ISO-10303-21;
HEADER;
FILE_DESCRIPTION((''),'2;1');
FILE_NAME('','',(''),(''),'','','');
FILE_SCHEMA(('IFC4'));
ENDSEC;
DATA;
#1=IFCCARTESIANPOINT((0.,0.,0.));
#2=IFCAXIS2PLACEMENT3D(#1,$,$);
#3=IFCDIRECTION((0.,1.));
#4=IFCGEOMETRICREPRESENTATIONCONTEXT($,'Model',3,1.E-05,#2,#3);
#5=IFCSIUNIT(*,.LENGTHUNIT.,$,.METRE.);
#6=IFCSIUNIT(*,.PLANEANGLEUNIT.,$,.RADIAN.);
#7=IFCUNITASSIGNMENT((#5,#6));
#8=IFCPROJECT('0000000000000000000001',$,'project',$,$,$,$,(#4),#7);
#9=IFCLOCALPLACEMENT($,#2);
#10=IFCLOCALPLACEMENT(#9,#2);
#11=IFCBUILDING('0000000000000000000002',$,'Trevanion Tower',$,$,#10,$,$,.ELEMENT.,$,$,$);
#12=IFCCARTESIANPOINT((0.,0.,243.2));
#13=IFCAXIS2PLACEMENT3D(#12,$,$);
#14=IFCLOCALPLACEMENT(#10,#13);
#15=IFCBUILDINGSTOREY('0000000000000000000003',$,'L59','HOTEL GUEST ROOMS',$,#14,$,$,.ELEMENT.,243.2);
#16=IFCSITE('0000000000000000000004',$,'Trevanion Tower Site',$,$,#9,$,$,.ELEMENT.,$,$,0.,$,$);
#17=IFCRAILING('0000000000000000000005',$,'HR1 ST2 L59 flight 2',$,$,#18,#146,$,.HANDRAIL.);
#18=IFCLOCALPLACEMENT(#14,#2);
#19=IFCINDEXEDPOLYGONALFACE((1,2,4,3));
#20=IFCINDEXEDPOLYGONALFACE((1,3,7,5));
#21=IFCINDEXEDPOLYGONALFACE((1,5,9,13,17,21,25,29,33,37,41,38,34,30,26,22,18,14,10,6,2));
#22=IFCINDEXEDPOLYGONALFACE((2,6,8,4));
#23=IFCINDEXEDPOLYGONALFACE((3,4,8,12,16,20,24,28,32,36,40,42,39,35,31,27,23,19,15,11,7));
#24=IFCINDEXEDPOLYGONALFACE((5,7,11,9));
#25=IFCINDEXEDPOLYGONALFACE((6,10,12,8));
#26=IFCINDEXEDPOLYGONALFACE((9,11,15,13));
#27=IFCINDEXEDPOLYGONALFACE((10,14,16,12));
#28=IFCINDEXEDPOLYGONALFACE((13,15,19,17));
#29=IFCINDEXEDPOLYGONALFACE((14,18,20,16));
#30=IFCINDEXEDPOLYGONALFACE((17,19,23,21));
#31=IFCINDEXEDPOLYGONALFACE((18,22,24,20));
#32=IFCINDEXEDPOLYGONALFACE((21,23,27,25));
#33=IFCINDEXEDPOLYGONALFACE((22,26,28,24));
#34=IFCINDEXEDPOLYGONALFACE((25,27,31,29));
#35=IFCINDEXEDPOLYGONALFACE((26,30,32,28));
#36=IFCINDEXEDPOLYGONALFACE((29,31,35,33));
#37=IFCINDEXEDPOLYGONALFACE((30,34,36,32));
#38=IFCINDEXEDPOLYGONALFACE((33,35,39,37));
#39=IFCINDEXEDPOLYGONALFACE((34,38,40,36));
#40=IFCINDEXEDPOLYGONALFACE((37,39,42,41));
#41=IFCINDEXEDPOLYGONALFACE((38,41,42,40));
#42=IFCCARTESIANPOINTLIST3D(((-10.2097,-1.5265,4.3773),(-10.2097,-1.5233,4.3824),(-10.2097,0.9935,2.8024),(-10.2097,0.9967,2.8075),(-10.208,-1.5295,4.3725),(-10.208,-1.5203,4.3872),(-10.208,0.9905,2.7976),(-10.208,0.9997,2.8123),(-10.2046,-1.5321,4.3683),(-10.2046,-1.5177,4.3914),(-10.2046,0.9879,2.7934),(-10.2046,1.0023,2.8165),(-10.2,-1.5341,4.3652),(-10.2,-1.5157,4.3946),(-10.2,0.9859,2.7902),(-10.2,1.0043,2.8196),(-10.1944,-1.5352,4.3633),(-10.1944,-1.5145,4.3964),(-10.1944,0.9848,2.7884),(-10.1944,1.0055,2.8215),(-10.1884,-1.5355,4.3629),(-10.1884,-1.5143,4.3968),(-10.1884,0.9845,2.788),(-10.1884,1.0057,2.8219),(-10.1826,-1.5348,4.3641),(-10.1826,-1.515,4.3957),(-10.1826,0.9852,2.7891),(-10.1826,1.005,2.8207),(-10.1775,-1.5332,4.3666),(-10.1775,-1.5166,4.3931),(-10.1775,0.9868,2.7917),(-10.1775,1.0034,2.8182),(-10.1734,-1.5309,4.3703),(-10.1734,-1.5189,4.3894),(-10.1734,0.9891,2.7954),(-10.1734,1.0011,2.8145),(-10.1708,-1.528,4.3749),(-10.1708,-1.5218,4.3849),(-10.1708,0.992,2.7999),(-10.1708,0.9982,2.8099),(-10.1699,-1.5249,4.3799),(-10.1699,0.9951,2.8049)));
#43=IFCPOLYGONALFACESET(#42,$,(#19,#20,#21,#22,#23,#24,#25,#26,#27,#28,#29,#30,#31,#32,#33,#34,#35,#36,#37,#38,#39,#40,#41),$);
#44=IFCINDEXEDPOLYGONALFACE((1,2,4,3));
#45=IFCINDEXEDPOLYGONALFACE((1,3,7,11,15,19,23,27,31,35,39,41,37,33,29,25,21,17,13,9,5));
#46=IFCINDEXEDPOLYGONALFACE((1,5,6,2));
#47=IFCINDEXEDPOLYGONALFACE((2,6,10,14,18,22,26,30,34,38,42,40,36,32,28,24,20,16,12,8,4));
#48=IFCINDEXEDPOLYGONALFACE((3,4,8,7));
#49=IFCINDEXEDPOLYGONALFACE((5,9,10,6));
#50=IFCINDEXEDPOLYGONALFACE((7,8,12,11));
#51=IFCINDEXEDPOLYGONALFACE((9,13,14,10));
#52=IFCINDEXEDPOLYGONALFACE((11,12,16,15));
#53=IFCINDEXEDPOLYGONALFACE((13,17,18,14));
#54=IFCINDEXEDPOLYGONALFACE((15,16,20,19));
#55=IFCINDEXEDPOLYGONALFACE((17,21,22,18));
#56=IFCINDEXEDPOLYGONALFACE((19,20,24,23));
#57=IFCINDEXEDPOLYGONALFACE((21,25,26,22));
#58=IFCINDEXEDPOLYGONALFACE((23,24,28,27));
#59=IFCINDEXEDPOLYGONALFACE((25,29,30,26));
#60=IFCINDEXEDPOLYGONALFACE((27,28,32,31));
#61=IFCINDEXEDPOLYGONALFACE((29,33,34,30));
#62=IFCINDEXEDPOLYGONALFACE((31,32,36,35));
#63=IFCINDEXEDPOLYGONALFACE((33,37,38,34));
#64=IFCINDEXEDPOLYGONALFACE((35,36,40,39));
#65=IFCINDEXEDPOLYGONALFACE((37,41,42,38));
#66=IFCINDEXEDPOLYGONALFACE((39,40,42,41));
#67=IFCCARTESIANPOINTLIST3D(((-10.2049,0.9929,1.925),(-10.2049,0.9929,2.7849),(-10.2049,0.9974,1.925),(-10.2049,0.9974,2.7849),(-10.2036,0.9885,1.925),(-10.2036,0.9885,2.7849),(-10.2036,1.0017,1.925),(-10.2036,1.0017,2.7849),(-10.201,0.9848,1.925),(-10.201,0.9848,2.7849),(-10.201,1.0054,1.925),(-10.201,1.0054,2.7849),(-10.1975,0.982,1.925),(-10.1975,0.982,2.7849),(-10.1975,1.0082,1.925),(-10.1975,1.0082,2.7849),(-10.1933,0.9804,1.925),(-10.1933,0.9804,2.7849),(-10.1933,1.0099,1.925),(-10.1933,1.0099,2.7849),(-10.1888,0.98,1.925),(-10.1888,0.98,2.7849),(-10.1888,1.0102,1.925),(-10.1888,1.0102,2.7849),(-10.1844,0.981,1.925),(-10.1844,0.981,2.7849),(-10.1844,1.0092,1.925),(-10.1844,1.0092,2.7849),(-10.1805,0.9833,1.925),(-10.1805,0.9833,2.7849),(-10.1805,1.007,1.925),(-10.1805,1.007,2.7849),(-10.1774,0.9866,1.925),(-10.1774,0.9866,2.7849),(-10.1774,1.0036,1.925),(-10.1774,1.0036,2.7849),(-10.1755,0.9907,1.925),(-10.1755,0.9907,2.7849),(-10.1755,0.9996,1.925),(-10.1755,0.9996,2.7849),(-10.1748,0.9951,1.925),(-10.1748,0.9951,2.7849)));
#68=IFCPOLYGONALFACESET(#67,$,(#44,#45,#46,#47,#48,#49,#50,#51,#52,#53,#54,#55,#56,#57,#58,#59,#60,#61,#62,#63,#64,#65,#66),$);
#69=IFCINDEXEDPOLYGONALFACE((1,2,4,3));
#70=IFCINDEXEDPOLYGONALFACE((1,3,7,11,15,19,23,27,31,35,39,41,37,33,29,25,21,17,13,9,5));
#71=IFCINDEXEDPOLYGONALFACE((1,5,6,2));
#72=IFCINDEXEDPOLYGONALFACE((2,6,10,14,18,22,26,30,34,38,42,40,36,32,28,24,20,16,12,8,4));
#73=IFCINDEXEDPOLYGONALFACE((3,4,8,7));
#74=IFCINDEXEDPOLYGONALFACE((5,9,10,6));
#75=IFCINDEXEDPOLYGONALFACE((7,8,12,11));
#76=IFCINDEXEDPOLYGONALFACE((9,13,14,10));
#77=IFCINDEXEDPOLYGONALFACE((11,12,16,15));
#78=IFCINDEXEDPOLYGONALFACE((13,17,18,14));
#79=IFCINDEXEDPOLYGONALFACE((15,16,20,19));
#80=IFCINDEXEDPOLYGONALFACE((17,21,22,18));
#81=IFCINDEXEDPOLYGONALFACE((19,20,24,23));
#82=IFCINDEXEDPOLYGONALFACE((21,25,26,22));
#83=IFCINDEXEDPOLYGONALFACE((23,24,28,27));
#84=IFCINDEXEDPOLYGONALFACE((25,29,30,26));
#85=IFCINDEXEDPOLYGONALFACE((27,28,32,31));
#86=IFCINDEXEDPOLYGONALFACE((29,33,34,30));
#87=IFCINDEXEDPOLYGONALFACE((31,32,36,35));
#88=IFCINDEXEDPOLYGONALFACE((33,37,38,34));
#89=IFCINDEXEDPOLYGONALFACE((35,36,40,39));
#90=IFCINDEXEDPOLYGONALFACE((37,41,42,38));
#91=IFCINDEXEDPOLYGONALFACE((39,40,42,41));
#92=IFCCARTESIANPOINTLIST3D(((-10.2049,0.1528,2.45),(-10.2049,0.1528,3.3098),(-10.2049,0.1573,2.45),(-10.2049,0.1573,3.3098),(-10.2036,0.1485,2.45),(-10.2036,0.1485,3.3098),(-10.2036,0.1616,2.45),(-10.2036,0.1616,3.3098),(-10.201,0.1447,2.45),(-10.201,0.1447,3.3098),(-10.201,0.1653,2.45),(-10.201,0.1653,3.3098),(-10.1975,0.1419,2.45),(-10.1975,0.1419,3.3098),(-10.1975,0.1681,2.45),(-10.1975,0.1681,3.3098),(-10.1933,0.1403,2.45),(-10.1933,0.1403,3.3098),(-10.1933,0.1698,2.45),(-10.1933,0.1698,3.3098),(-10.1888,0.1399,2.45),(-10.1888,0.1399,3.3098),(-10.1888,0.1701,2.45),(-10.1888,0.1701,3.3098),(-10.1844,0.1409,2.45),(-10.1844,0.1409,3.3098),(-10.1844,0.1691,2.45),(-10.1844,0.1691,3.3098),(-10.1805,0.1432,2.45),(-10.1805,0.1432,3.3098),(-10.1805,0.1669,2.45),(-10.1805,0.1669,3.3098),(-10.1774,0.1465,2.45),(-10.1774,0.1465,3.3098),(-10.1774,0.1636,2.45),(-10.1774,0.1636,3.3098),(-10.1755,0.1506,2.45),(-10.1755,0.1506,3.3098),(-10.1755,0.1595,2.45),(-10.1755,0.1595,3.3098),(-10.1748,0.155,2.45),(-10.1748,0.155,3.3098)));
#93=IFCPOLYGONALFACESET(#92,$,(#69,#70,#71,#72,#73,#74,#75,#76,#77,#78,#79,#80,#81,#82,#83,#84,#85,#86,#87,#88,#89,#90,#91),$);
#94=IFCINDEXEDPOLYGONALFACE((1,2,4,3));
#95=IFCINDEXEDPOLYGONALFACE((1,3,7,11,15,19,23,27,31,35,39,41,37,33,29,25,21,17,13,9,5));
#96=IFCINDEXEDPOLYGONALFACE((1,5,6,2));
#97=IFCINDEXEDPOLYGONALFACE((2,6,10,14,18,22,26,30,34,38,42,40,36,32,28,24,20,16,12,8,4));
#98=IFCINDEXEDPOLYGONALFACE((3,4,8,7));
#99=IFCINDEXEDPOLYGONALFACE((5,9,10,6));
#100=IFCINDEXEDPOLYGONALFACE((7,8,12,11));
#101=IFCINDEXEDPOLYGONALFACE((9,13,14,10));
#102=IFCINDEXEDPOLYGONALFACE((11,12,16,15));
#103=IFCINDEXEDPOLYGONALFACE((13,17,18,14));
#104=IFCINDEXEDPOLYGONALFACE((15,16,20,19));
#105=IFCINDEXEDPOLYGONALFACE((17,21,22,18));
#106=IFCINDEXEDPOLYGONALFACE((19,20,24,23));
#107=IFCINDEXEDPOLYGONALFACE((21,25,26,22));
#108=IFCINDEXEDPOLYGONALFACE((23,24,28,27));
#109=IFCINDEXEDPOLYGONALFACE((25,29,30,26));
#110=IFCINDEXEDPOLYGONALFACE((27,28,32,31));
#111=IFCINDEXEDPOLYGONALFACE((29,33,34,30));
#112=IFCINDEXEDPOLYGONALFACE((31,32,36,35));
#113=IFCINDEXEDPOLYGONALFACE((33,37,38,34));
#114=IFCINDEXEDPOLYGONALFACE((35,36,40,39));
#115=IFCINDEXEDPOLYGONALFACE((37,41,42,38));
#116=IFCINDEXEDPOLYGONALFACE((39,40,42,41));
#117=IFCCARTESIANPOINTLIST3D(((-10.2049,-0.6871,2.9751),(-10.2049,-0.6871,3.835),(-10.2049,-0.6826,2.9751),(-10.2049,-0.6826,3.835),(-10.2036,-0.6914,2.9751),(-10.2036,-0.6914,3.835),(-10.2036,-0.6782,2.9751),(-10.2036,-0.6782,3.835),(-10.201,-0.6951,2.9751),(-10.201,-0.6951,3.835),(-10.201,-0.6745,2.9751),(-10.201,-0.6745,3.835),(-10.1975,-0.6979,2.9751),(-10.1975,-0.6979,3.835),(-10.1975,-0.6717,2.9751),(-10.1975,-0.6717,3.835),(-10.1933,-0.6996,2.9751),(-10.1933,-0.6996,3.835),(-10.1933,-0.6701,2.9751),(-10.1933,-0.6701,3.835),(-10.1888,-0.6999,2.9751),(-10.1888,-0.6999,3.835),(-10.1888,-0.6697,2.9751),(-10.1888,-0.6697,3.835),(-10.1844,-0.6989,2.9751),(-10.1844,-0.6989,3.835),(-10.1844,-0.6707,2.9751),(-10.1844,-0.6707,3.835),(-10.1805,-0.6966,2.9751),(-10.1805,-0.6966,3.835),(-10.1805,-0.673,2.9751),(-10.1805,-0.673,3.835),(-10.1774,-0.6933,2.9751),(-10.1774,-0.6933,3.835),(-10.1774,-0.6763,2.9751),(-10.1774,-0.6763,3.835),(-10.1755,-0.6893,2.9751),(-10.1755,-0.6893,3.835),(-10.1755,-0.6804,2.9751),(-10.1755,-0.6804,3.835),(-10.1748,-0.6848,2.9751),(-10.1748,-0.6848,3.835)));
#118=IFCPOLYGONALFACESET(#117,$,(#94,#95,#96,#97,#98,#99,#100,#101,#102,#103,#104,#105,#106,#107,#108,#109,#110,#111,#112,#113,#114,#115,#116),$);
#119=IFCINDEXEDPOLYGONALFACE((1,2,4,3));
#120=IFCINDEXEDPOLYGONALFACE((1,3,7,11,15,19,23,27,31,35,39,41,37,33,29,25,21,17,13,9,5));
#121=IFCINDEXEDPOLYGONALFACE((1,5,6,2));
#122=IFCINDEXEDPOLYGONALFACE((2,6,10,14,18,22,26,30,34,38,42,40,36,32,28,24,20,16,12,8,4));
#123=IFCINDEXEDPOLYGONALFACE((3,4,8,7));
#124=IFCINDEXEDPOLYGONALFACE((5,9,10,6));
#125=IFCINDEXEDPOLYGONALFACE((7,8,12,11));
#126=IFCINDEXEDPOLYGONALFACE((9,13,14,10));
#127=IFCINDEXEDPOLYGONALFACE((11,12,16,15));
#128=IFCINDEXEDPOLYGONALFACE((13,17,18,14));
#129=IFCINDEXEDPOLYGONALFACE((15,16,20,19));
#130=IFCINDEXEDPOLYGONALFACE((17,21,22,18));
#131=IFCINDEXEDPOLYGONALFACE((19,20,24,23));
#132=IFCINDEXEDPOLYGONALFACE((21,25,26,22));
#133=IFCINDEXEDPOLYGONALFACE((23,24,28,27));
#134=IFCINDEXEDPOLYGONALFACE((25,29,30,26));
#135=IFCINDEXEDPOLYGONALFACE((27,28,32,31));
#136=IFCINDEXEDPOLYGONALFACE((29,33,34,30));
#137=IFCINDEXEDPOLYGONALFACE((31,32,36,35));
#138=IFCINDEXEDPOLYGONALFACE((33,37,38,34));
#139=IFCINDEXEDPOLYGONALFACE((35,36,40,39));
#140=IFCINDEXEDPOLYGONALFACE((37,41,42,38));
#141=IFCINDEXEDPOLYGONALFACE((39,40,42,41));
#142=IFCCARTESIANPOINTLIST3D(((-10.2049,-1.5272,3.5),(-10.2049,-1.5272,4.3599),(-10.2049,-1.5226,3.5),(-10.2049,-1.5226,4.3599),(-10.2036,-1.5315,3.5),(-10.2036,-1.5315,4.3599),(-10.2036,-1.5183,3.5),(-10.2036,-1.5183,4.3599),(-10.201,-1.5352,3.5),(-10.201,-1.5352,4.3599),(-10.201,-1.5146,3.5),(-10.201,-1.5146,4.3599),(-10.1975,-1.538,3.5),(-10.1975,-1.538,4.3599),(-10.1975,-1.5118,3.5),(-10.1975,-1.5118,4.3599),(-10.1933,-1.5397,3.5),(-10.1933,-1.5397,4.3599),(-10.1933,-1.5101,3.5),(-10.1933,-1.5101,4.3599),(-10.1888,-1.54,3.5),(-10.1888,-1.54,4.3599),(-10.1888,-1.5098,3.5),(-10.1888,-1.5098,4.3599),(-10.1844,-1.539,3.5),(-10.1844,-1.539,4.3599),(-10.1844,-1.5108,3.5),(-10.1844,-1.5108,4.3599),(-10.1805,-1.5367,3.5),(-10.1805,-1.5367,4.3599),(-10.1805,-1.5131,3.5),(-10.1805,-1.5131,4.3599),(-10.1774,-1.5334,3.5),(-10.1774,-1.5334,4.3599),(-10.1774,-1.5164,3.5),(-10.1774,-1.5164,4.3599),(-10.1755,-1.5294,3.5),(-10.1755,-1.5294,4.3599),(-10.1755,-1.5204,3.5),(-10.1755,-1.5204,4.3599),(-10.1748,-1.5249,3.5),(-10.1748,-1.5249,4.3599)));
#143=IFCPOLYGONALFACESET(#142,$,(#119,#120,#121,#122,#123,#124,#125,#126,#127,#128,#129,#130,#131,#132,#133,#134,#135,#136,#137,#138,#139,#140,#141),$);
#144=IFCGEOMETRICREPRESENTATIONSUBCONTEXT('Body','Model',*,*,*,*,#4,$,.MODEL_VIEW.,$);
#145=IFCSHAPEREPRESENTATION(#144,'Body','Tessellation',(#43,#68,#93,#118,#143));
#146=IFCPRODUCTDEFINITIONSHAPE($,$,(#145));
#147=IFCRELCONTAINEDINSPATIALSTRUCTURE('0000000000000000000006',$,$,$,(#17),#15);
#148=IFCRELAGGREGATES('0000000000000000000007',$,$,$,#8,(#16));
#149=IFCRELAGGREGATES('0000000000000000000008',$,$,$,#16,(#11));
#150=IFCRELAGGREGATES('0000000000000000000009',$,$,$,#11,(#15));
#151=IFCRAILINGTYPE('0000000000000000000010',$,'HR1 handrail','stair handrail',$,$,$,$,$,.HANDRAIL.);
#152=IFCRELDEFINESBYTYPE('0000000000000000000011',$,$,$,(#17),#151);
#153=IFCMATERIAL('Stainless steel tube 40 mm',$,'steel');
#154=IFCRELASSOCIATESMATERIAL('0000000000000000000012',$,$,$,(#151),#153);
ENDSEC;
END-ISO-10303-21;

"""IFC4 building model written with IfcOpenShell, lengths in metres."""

from ifc_helpers import new_model, si_unit, direction, frame, origin, origin_2d, place, context, subcontext, project, spatial, circle, extrude, material, type_object, element, save


model = new_model("IFC4")

# Units and contexts
model_context = context("Model", 3, precision=1e-05, world=origin(), true_north=direction((0.0, 1.0)))
body_context = subcontext(model_context, "Body", "Model", "MODEL_VIEW")
ifc_project = project(units=[si_unit("LENGTHUNIT", "METRE"), si_unit("PLANEANGLEUNIT", "RADIAN")], contexts=[model_context])

# Site, building, storey
site_placement = place(None, origin())
site = spatial("IfcSite", under=ifc_project, at=site_placement, Name="Trevanion Tower Site", CompositionType="ELEMENT", RefElevation=0.0)
building_placement = place(site_placement, origin())
building = spatial("IfcBuilding", under=site, at=building_placement, Name="Trevanion Tower", CompositionType="ELEMENT")
storey_placement = place(building_placement, frame((0.0, 0.0, 243.2)))
storey = spatial("IfcBuildingStorey", under=building, at=storey_placement, Name="L59", Description="HOTEL GUEST ROOMS", CompositionType="ELEMENT", Elevation=243.2)

# Railing
ifc_material_1 = material(Name="Stainless steel tube 40 mm", Category="steel")
railing_type = type_object("IfcRailingType", Name="HR1 handrail", Description="stair handrail", PredefinedType="HANDRAIL", material=ifc_material_1)
for number, where, name in (
    (1, (-10.1899, 0.9951, 1.925), "HR1 ST2 L59 flight 2"),
):
    element("IfcRailing", number, at=place(storey_placement, frame(where)), inside=storey, type_object=railing_type, Name=name, PredefinedType="HANDRAIL", context=body_context, shape_type="SweptSolid", body=[
        extrude(circle(Radius=0.02, at=origin_2d()), frame((0.0, 0.0, 0.8799), z_axis=(0.0, -0.848008, 0.529984), x_axis=(1.0, 0.0, 0.0)), (0.0, 0.0, 1.0), 2.9717),
        extrude(circle(Radius=0.0151, at=origin_2d()), origin(), (0.0, 0.0, 1.0), 0.8599),
        extrude(circle(Radius=0.0151, at=origin_2d()), frame((0.0, -0.8401, 0.5249)), (0.0, 0.0, 1.0), 0.8599),
        extrude(circle(Radius=0.0151, at=origin_2d()), frame((0.0, -1.6799, 1.05)), (0.0, 0.0, 1.0), 0.8599),
        extrude(circle(Radius=0.0151, at=origin_2d()), frame((0.0, -2.52, 1.575)), (0.0, 0.0, 1.0), 0.8599),
    ])

save(model, "model.ifc")
